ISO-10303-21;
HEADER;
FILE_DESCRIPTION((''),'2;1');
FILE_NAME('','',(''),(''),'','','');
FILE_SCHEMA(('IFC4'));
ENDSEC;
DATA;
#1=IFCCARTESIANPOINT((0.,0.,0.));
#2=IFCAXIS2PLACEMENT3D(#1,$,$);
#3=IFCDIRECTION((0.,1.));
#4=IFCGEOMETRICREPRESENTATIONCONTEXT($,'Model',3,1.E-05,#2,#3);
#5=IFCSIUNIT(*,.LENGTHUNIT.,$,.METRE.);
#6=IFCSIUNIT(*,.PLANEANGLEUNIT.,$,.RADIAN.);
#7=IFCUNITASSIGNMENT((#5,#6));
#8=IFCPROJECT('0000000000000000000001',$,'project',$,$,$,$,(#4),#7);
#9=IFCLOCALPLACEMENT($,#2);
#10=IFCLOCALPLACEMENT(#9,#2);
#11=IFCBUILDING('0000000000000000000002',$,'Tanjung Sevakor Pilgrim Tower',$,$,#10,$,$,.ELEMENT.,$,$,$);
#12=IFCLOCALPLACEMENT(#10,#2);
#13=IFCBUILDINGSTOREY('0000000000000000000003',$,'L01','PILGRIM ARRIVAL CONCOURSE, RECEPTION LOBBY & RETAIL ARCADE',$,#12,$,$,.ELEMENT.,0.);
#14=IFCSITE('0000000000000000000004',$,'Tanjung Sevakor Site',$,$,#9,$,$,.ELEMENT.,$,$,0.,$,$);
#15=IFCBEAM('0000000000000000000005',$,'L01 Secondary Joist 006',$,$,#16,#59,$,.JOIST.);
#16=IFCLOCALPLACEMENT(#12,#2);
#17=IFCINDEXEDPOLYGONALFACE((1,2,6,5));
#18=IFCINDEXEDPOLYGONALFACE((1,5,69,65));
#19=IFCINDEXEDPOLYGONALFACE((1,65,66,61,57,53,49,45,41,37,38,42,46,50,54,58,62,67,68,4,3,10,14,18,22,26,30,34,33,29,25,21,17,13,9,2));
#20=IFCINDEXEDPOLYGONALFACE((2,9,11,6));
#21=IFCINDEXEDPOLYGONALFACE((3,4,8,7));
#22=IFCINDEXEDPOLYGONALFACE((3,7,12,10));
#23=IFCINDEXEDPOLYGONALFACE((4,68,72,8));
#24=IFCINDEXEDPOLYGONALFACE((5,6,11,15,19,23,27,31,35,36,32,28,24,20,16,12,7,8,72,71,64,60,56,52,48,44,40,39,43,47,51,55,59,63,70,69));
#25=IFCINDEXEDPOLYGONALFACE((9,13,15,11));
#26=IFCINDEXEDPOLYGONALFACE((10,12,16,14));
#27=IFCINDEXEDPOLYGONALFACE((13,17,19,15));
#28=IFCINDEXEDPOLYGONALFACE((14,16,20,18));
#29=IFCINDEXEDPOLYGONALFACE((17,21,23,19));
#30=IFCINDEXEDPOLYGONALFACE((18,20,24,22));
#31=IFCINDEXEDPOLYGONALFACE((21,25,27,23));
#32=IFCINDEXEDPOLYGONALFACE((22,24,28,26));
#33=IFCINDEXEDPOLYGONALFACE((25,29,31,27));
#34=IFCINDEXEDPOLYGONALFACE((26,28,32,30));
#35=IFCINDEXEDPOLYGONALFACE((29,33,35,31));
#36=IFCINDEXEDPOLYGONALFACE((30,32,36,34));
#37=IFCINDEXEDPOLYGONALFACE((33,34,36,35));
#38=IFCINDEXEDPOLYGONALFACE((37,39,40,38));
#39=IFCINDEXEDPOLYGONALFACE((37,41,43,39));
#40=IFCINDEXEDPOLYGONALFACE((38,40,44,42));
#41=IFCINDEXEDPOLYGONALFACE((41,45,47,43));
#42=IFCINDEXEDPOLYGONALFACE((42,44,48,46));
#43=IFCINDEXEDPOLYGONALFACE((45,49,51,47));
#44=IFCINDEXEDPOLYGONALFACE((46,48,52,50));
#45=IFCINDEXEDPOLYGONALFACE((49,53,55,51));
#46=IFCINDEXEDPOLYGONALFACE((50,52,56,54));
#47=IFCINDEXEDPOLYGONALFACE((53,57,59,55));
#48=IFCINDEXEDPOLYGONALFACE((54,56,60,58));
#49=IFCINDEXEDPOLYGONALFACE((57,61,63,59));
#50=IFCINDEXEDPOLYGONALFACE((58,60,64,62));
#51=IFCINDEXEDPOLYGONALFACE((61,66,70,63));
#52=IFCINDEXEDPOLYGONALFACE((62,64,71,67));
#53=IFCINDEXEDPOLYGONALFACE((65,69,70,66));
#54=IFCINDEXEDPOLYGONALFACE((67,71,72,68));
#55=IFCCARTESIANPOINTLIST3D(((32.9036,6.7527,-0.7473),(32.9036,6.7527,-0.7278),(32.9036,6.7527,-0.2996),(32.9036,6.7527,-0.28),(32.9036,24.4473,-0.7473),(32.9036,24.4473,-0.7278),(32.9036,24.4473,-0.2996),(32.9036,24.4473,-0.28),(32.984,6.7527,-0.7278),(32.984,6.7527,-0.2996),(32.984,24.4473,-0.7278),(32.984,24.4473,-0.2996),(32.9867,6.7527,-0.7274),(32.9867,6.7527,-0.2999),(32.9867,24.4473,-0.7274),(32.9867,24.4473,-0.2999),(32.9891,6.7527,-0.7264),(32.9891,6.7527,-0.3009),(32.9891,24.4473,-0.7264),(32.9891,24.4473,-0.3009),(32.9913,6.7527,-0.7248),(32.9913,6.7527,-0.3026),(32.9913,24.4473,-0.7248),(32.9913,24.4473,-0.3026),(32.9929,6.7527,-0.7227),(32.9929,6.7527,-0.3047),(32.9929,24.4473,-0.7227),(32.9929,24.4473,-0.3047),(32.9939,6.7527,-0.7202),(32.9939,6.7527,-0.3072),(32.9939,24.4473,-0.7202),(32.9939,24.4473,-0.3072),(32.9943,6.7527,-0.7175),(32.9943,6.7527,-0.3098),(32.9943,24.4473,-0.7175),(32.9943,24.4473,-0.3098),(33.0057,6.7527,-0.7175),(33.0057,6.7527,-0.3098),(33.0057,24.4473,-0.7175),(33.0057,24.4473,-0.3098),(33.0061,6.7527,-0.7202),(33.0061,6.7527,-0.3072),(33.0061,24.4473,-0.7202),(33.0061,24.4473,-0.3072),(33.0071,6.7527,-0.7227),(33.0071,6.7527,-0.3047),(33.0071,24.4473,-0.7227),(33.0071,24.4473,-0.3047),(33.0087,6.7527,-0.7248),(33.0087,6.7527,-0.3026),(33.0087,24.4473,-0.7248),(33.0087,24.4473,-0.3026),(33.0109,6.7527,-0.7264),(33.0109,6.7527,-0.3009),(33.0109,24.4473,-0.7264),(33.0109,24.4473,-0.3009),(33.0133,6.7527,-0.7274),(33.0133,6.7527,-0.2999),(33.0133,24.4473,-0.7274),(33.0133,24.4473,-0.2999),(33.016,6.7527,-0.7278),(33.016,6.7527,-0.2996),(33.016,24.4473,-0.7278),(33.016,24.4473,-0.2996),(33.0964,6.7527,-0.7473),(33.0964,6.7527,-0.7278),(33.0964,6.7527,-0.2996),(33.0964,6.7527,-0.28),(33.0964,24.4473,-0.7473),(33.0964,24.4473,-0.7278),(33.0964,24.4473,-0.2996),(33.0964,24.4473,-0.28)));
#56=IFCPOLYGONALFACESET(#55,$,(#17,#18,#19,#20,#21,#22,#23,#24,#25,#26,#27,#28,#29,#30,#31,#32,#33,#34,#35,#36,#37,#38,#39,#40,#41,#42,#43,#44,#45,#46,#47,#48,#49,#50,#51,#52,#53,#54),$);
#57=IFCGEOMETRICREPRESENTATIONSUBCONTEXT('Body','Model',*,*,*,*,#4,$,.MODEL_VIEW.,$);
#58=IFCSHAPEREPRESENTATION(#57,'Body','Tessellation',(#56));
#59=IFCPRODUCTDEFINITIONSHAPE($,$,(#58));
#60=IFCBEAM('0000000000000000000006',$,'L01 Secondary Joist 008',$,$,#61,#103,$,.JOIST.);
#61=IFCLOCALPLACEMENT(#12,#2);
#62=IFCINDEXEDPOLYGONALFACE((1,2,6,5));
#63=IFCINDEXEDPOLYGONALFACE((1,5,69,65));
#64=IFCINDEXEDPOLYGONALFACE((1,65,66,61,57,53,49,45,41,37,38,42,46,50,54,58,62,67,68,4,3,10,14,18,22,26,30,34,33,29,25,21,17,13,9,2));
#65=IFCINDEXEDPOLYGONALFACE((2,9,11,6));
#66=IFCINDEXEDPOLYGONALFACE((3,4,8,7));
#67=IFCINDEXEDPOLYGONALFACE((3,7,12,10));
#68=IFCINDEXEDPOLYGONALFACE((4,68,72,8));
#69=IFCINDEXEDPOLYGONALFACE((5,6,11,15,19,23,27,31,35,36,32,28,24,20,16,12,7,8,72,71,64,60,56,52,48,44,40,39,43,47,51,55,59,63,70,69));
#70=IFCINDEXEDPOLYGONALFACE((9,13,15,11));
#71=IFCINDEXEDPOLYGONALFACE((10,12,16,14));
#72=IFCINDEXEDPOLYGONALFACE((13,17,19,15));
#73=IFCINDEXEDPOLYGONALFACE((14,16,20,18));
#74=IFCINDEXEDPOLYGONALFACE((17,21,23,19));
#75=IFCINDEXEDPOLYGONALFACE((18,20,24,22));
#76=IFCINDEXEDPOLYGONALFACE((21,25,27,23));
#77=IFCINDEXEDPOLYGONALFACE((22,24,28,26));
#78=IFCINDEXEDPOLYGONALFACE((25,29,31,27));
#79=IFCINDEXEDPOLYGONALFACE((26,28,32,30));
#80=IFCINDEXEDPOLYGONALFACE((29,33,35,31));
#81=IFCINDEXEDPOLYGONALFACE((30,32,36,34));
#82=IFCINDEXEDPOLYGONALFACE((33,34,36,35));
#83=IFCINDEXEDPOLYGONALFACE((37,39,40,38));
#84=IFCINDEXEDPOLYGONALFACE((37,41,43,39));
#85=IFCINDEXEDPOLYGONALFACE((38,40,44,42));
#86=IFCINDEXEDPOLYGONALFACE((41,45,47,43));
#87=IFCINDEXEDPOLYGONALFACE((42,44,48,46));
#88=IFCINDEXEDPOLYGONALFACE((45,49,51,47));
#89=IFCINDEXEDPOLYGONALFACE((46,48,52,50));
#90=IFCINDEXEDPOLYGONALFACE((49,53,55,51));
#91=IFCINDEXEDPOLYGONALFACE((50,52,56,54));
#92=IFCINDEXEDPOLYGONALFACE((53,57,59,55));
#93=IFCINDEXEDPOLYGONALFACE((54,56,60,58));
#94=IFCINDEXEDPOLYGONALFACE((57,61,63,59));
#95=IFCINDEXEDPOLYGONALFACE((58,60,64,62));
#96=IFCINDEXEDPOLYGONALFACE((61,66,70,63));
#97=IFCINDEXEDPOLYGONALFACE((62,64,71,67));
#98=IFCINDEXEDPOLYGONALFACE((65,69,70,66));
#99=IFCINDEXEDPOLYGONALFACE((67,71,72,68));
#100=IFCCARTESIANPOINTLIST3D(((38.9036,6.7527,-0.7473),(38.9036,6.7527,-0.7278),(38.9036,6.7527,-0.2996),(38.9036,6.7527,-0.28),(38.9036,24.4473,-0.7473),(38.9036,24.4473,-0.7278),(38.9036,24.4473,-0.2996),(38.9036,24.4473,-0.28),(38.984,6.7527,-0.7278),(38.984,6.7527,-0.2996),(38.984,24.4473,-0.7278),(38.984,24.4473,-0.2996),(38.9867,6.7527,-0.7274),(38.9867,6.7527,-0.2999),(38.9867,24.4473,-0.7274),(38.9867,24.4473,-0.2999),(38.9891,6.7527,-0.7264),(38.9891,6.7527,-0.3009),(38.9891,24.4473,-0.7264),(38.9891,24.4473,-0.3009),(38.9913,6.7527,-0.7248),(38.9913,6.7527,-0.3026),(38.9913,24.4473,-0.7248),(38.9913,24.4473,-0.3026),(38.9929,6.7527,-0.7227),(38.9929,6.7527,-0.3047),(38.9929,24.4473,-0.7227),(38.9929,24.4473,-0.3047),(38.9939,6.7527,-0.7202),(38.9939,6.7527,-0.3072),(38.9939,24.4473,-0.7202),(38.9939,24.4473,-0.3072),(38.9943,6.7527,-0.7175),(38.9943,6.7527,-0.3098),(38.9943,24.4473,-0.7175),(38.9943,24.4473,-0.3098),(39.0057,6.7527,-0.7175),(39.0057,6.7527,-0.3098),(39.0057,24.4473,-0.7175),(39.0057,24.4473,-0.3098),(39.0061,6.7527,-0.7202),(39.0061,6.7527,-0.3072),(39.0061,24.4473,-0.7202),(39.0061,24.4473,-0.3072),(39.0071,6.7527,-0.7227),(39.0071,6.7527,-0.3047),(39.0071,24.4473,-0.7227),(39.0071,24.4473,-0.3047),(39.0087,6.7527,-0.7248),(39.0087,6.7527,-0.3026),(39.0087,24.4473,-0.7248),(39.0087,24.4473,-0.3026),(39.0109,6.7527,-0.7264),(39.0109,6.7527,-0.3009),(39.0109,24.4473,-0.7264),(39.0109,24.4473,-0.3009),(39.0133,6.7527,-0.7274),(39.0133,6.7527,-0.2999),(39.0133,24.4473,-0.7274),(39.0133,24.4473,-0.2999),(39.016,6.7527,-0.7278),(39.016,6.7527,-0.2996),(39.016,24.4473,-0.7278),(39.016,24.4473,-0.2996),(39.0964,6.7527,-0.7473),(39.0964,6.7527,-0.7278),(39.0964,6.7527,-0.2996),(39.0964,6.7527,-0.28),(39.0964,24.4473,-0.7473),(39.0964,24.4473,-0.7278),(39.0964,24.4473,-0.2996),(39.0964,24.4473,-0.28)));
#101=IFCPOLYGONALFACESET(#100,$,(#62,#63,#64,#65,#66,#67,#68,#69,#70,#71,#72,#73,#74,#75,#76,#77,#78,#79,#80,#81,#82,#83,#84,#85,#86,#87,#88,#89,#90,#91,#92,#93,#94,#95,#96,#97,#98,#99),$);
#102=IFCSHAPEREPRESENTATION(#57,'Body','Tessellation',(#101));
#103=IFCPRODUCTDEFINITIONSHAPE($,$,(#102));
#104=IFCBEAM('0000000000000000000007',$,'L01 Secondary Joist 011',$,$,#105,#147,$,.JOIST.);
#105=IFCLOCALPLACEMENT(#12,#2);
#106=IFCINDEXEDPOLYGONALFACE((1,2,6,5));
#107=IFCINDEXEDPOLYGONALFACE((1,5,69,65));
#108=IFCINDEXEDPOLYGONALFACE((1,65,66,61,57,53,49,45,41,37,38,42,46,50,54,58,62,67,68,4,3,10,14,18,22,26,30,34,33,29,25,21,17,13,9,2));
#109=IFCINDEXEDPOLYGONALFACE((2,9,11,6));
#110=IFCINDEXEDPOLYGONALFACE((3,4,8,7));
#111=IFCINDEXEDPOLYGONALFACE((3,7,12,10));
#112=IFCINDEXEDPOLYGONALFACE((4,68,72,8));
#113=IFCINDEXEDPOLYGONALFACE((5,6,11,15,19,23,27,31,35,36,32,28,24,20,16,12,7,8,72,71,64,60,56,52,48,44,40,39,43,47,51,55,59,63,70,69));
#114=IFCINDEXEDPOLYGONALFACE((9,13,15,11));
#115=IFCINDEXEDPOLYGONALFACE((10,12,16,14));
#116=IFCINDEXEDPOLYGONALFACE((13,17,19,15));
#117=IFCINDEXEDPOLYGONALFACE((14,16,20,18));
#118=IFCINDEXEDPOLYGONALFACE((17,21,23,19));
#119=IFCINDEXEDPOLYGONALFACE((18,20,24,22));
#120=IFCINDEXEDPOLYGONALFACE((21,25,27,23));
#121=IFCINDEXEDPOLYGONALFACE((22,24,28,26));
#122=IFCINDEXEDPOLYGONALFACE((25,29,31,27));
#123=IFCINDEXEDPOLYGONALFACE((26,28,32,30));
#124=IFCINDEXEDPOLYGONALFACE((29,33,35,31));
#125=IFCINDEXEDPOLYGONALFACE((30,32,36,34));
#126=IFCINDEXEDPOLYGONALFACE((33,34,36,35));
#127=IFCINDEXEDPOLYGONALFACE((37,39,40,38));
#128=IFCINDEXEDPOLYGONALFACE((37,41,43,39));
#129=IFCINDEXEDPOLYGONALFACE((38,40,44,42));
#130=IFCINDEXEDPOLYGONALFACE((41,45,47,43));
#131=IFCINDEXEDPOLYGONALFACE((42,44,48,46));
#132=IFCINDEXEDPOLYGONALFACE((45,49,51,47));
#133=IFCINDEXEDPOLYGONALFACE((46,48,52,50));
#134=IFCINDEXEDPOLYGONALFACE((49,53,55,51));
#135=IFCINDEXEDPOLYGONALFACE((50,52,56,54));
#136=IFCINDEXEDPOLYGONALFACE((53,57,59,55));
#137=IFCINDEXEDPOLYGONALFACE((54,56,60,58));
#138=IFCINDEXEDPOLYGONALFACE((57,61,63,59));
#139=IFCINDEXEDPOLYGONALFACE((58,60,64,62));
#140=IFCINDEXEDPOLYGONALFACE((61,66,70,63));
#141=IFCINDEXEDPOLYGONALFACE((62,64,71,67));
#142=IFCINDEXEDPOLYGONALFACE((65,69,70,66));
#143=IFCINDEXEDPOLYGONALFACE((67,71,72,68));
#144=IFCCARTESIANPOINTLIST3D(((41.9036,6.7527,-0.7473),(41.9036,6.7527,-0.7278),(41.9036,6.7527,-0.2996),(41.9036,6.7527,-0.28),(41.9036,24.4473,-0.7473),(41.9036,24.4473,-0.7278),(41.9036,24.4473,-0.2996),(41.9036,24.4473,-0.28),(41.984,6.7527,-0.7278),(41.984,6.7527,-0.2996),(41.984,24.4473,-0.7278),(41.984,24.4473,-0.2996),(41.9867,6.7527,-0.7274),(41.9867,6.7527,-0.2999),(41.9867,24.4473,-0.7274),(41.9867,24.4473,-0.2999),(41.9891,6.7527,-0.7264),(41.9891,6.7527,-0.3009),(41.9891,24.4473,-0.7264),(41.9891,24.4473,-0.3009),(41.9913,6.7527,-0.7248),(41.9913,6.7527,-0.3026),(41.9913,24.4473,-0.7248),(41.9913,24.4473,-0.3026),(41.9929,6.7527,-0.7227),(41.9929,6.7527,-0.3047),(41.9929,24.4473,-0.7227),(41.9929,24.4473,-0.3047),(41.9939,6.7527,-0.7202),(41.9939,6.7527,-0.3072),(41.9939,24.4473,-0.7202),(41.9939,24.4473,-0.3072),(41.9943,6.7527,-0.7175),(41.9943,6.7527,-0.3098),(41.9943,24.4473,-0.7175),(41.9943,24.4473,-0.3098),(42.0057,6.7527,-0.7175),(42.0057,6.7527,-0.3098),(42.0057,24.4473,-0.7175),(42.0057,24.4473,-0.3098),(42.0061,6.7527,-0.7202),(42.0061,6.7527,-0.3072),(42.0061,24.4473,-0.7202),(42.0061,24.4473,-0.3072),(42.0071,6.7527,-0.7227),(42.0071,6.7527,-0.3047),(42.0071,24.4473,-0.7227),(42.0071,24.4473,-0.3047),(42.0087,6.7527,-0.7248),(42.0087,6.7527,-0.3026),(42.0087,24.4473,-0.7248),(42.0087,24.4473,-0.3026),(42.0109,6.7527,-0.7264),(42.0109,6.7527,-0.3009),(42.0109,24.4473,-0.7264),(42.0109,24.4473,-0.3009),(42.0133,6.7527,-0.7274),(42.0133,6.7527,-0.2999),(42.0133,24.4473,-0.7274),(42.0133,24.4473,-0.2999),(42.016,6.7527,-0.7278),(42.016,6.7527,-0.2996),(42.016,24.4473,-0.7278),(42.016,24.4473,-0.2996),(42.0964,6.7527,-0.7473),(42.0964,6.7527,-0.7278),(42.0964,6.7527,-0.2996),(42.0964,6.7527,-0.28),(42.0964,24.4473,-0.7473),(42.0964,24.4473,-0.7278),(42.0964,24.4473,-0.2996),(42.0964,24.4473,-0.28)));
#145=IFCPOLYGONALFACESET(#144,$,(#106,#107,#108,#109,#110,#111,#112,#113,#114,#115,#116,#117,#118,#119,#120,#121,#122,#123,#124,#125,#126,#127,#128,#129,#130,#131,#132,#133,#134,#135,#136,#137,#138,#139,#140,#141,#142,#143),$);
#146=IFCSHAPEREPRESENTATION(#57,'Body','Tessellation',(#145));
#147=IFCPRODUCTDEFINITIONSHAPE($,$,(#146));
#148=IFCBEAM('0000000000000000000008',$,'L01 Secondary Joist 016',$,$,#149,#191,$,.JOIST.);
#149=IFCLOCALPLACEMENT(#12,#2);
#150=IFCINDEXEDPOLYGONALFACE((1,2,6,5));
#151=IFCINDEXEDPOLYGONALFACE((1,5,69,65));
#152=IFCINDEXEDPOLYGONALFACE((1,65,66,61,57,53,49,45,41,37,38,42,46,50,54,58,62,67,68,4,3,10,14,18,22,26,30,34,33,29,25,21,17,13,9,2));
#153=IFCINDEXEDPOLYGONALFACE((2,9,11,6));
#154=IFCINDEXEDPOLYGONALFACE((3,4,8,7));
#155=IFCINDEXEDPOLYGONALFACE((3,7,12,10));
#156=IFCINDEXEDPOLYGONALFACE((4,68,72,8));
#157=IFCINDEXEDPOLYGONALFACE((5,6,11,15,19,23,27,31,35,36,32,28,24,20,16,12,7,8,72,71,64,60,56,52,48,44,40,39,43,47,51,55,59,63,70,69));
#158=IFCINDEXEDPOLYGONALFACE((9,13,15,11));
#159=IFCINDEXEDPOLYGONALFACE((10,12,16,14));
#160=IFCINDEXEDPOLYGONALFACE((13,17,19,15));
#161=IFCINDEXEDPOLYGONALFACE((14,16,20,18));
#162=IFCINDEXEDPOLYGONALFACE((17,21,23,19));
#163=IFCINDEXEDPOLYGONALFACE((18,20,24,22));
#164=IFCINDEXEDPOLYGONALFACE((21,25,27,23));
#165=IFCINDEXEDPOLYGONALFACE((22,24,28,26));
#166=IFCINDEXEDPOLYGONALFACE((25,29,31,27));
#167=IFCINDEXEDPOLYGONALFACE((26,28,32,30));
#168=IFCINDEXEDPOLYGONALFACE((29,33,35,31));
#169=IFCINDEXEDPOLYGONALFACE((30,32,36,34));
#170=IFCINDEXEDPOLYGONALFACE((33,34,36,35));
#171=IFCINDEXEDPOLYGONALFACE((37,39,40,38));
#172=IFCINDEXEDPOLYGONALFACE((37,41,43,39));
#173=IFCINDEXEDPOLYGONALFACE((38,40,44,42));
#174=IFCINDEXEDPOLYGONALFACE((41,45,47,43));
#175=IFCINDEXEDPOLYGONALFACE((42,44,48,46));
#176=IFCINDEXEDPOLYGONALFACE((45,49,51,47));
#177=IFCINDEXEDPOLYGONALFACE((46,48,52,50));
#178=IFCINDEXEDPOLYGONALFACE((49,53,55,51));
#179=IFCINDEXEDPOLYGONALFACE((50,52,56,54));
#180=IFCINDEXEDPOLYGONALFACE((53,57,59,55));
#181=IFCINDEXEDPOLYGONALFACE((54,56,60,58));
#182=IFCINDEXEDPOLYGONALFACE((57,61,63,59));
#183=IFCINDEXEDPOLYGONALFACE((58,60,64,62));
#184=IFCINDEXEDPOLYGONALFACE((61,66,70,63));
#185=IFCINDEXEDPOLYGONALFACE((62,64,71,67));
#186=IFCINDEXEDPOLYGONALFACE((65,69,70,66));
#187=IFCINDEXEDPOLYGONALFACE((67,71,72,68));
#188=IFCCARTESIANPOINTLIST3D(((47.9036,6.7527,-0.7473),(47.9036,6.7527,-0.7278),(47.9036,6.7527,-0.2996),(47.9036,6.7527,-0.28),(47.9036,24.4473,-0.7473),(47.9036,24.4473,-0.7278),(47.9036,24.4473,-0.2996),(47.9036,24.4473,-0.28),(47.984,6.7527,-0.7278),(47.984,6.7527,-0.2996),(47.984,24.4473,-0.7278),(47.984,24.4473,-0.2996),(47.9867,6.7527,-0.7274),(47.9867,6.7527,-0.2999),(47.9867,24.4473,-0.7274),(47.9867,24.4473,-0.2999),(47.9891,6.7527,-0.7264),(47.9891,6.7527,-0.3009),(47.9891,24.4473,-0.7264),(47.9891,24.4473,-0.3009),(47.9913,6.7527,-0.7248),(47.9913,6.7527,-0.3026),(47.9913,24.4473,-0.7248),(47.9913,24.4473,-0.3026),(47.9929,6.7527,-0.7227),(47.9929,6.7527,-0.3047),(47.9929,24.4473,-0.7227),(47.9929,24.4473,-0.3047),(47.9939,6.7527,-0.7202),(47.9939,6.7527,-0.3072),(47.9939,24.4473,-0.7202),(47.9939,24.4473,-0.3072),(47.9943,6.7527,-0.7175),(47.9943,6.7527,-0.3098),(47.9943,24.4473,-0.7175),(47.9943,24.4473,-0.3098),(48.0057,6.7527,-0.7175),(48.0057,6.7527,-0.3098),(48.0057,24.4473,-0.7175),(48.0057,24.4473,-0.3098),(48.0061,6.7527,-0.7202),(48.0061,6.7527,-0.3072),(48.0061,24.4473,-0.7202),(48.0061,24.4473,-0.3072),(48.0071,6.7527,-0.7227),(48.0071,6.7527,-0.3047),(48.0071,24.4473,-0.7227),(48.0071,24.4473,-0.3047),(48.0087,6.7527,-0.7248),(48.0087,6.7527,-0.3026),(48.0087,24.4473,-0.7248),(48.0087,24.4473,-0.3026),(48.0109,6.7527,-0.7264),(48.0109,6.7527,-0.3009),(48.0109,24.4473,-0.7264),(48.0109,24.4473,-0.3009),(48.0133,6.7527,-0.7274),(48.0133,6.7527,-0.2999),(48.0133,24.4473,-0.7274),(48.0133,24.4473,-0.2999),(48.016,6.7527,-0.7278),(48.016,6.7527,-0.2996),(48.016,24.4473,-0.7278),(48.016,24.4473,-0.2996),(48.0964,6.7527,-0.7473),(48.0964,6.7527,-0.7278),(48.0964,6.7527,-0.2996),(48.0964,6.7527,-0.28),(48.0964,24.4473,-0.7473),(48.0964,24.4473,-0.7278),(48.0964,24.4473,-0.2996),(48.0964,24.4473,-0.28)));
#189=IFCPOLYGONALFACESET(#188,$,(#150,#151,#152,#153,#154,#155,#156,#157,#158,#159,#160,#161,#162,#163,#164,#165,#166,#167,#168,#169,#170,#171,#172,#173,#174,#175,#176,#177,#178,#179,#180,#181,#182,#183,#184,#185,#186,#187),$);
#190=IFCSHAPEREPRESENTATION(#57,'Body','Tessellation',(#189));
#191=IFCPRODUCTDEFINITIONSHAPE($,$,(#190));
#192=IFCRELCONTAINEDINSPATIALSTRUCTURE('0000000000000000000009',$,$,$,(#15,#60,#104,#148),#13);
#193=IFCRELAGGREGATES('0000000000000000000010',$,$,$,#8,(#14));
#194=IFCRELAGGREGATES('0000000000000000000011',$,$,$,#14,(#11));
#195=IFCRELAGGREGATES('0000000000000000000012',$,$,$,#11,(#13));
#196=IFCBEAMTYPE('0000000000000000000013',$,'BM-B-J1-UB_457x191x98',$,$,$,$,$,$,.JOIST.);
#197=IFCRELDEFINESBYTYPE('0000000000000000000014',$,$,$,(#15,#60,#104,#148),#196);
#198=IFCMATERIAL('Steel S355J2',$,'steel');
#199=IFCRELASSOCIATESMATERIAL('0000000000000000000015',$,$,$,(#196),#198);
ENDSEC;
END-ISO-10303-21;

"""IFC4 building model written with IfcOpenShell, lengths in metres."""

from ifc_helpers import new_model, si_unit, direction, frame, origin, origin_2d, place, context, subcontext, project, spatial, i_section, extrude, material, material_profile, profile_set, type_object, element, save


model = new_model("IFC4")

# Units and contexts
model_context = context("Model", 3, precision=1e-05, world=origin(), true_north=direction((0.0, 1.0)))
body_context = subcontext(model_context, "Body", "Model", "MODEL_VIEW")
ifc_project = project(units=[si_unit("LENGTHUNIT", "METRE"), si_unit("PLANEANGLEUNIT", "RADIAN")], contexts=[model_context])

# Site, building, storey
site_placement = place(None, origin())
site = spatial("IfcSite", under=ifc_project, at=site_placement, Name="Tanjung Sevakor Site", CompositionType="ELEMENT", RefElevation=0.0)
building_placement = place(site_placement, origin())
building = spatial("IfcBuilding", under=site, at=building_placement, Name="Tanjung Sevakor Pilgrim Tower", CompositionType="ELEMENT")
storey_placement = place(building_placement, origin())
storey = spatial("IfcBuildingStorey", under=building, at=storey_placement, Name="L01", Description="PILGRIM ARRIVAL CONCOURSE, RECEPTION LOBBY & RETAIL ARCADE", CompositionType="ELEMENT", Elevation=0.0)

# Beams
ifc_material_1 = material(Name="Steel S355J2", Category="steel")
ifc_material_profile_1 = material_profile(ifc_material_1, i_section(OverallWidth=0.1929, OverallDepth=0.4673, WebThickness=0.0115, FlangeThickness=0.0195, FilletRadius=0.0103, at=origin_2d()))
ifc_profile_set_1 = profile_set([ifc_material_profile_1], Name="Steel S355J2")
beam_type_1 = type_object("IfcBeamType", Name="BM-B-J1-UB_457x191x98", PredefinedType="JOIST", material=ifc_profile_set_1)
for number, where, z_axis, x_axis, name in (
    (1, (33.0, 6.7527, -0.5137), (0.0, 1.0, 0.0), (-1.0, 0.0, 0.0), "L01 Secondary Joist 006"),
    (2, (39.0, 6.7527, -0.5137), (0.0, 1.0, 0.0), (-1.0, 0.0, 0.0), "L01 Secondary Joist 008"),
    (3, (42.0, 6.7527, -0.5137), (0.0, 1.0, 0.0), (-1.0, 0.0, 0.0), "L01 Secondary Joist 011"),
    (4, (48.0, 6.7527, -0.5137), (0.0, 1.0, 0.0), (-1.0, 0.0, 0.0), "L01 Secondary Joist 016"),
):
    element("IfcBeam", number, at=place(storey_placement, frame(where, z_axis=z_axis, x_axis=x_axis)), inside=storey, type_object=beam_type_1, Name=name, PredefinedType="JOIST", context=body_context, shape_type="SweptSolid", body=[
        extrude(i_section(OverallWidth=0.1929, OverallDepth=0.4673, WebThickness=0.0115, FlangeThickness=0.0195, FilletRadius=0.0103, at=origin_2d()), origin(), (0.0, 0.0, 1.0), 17.6946),
    ])

save(model, "model.ifc")
